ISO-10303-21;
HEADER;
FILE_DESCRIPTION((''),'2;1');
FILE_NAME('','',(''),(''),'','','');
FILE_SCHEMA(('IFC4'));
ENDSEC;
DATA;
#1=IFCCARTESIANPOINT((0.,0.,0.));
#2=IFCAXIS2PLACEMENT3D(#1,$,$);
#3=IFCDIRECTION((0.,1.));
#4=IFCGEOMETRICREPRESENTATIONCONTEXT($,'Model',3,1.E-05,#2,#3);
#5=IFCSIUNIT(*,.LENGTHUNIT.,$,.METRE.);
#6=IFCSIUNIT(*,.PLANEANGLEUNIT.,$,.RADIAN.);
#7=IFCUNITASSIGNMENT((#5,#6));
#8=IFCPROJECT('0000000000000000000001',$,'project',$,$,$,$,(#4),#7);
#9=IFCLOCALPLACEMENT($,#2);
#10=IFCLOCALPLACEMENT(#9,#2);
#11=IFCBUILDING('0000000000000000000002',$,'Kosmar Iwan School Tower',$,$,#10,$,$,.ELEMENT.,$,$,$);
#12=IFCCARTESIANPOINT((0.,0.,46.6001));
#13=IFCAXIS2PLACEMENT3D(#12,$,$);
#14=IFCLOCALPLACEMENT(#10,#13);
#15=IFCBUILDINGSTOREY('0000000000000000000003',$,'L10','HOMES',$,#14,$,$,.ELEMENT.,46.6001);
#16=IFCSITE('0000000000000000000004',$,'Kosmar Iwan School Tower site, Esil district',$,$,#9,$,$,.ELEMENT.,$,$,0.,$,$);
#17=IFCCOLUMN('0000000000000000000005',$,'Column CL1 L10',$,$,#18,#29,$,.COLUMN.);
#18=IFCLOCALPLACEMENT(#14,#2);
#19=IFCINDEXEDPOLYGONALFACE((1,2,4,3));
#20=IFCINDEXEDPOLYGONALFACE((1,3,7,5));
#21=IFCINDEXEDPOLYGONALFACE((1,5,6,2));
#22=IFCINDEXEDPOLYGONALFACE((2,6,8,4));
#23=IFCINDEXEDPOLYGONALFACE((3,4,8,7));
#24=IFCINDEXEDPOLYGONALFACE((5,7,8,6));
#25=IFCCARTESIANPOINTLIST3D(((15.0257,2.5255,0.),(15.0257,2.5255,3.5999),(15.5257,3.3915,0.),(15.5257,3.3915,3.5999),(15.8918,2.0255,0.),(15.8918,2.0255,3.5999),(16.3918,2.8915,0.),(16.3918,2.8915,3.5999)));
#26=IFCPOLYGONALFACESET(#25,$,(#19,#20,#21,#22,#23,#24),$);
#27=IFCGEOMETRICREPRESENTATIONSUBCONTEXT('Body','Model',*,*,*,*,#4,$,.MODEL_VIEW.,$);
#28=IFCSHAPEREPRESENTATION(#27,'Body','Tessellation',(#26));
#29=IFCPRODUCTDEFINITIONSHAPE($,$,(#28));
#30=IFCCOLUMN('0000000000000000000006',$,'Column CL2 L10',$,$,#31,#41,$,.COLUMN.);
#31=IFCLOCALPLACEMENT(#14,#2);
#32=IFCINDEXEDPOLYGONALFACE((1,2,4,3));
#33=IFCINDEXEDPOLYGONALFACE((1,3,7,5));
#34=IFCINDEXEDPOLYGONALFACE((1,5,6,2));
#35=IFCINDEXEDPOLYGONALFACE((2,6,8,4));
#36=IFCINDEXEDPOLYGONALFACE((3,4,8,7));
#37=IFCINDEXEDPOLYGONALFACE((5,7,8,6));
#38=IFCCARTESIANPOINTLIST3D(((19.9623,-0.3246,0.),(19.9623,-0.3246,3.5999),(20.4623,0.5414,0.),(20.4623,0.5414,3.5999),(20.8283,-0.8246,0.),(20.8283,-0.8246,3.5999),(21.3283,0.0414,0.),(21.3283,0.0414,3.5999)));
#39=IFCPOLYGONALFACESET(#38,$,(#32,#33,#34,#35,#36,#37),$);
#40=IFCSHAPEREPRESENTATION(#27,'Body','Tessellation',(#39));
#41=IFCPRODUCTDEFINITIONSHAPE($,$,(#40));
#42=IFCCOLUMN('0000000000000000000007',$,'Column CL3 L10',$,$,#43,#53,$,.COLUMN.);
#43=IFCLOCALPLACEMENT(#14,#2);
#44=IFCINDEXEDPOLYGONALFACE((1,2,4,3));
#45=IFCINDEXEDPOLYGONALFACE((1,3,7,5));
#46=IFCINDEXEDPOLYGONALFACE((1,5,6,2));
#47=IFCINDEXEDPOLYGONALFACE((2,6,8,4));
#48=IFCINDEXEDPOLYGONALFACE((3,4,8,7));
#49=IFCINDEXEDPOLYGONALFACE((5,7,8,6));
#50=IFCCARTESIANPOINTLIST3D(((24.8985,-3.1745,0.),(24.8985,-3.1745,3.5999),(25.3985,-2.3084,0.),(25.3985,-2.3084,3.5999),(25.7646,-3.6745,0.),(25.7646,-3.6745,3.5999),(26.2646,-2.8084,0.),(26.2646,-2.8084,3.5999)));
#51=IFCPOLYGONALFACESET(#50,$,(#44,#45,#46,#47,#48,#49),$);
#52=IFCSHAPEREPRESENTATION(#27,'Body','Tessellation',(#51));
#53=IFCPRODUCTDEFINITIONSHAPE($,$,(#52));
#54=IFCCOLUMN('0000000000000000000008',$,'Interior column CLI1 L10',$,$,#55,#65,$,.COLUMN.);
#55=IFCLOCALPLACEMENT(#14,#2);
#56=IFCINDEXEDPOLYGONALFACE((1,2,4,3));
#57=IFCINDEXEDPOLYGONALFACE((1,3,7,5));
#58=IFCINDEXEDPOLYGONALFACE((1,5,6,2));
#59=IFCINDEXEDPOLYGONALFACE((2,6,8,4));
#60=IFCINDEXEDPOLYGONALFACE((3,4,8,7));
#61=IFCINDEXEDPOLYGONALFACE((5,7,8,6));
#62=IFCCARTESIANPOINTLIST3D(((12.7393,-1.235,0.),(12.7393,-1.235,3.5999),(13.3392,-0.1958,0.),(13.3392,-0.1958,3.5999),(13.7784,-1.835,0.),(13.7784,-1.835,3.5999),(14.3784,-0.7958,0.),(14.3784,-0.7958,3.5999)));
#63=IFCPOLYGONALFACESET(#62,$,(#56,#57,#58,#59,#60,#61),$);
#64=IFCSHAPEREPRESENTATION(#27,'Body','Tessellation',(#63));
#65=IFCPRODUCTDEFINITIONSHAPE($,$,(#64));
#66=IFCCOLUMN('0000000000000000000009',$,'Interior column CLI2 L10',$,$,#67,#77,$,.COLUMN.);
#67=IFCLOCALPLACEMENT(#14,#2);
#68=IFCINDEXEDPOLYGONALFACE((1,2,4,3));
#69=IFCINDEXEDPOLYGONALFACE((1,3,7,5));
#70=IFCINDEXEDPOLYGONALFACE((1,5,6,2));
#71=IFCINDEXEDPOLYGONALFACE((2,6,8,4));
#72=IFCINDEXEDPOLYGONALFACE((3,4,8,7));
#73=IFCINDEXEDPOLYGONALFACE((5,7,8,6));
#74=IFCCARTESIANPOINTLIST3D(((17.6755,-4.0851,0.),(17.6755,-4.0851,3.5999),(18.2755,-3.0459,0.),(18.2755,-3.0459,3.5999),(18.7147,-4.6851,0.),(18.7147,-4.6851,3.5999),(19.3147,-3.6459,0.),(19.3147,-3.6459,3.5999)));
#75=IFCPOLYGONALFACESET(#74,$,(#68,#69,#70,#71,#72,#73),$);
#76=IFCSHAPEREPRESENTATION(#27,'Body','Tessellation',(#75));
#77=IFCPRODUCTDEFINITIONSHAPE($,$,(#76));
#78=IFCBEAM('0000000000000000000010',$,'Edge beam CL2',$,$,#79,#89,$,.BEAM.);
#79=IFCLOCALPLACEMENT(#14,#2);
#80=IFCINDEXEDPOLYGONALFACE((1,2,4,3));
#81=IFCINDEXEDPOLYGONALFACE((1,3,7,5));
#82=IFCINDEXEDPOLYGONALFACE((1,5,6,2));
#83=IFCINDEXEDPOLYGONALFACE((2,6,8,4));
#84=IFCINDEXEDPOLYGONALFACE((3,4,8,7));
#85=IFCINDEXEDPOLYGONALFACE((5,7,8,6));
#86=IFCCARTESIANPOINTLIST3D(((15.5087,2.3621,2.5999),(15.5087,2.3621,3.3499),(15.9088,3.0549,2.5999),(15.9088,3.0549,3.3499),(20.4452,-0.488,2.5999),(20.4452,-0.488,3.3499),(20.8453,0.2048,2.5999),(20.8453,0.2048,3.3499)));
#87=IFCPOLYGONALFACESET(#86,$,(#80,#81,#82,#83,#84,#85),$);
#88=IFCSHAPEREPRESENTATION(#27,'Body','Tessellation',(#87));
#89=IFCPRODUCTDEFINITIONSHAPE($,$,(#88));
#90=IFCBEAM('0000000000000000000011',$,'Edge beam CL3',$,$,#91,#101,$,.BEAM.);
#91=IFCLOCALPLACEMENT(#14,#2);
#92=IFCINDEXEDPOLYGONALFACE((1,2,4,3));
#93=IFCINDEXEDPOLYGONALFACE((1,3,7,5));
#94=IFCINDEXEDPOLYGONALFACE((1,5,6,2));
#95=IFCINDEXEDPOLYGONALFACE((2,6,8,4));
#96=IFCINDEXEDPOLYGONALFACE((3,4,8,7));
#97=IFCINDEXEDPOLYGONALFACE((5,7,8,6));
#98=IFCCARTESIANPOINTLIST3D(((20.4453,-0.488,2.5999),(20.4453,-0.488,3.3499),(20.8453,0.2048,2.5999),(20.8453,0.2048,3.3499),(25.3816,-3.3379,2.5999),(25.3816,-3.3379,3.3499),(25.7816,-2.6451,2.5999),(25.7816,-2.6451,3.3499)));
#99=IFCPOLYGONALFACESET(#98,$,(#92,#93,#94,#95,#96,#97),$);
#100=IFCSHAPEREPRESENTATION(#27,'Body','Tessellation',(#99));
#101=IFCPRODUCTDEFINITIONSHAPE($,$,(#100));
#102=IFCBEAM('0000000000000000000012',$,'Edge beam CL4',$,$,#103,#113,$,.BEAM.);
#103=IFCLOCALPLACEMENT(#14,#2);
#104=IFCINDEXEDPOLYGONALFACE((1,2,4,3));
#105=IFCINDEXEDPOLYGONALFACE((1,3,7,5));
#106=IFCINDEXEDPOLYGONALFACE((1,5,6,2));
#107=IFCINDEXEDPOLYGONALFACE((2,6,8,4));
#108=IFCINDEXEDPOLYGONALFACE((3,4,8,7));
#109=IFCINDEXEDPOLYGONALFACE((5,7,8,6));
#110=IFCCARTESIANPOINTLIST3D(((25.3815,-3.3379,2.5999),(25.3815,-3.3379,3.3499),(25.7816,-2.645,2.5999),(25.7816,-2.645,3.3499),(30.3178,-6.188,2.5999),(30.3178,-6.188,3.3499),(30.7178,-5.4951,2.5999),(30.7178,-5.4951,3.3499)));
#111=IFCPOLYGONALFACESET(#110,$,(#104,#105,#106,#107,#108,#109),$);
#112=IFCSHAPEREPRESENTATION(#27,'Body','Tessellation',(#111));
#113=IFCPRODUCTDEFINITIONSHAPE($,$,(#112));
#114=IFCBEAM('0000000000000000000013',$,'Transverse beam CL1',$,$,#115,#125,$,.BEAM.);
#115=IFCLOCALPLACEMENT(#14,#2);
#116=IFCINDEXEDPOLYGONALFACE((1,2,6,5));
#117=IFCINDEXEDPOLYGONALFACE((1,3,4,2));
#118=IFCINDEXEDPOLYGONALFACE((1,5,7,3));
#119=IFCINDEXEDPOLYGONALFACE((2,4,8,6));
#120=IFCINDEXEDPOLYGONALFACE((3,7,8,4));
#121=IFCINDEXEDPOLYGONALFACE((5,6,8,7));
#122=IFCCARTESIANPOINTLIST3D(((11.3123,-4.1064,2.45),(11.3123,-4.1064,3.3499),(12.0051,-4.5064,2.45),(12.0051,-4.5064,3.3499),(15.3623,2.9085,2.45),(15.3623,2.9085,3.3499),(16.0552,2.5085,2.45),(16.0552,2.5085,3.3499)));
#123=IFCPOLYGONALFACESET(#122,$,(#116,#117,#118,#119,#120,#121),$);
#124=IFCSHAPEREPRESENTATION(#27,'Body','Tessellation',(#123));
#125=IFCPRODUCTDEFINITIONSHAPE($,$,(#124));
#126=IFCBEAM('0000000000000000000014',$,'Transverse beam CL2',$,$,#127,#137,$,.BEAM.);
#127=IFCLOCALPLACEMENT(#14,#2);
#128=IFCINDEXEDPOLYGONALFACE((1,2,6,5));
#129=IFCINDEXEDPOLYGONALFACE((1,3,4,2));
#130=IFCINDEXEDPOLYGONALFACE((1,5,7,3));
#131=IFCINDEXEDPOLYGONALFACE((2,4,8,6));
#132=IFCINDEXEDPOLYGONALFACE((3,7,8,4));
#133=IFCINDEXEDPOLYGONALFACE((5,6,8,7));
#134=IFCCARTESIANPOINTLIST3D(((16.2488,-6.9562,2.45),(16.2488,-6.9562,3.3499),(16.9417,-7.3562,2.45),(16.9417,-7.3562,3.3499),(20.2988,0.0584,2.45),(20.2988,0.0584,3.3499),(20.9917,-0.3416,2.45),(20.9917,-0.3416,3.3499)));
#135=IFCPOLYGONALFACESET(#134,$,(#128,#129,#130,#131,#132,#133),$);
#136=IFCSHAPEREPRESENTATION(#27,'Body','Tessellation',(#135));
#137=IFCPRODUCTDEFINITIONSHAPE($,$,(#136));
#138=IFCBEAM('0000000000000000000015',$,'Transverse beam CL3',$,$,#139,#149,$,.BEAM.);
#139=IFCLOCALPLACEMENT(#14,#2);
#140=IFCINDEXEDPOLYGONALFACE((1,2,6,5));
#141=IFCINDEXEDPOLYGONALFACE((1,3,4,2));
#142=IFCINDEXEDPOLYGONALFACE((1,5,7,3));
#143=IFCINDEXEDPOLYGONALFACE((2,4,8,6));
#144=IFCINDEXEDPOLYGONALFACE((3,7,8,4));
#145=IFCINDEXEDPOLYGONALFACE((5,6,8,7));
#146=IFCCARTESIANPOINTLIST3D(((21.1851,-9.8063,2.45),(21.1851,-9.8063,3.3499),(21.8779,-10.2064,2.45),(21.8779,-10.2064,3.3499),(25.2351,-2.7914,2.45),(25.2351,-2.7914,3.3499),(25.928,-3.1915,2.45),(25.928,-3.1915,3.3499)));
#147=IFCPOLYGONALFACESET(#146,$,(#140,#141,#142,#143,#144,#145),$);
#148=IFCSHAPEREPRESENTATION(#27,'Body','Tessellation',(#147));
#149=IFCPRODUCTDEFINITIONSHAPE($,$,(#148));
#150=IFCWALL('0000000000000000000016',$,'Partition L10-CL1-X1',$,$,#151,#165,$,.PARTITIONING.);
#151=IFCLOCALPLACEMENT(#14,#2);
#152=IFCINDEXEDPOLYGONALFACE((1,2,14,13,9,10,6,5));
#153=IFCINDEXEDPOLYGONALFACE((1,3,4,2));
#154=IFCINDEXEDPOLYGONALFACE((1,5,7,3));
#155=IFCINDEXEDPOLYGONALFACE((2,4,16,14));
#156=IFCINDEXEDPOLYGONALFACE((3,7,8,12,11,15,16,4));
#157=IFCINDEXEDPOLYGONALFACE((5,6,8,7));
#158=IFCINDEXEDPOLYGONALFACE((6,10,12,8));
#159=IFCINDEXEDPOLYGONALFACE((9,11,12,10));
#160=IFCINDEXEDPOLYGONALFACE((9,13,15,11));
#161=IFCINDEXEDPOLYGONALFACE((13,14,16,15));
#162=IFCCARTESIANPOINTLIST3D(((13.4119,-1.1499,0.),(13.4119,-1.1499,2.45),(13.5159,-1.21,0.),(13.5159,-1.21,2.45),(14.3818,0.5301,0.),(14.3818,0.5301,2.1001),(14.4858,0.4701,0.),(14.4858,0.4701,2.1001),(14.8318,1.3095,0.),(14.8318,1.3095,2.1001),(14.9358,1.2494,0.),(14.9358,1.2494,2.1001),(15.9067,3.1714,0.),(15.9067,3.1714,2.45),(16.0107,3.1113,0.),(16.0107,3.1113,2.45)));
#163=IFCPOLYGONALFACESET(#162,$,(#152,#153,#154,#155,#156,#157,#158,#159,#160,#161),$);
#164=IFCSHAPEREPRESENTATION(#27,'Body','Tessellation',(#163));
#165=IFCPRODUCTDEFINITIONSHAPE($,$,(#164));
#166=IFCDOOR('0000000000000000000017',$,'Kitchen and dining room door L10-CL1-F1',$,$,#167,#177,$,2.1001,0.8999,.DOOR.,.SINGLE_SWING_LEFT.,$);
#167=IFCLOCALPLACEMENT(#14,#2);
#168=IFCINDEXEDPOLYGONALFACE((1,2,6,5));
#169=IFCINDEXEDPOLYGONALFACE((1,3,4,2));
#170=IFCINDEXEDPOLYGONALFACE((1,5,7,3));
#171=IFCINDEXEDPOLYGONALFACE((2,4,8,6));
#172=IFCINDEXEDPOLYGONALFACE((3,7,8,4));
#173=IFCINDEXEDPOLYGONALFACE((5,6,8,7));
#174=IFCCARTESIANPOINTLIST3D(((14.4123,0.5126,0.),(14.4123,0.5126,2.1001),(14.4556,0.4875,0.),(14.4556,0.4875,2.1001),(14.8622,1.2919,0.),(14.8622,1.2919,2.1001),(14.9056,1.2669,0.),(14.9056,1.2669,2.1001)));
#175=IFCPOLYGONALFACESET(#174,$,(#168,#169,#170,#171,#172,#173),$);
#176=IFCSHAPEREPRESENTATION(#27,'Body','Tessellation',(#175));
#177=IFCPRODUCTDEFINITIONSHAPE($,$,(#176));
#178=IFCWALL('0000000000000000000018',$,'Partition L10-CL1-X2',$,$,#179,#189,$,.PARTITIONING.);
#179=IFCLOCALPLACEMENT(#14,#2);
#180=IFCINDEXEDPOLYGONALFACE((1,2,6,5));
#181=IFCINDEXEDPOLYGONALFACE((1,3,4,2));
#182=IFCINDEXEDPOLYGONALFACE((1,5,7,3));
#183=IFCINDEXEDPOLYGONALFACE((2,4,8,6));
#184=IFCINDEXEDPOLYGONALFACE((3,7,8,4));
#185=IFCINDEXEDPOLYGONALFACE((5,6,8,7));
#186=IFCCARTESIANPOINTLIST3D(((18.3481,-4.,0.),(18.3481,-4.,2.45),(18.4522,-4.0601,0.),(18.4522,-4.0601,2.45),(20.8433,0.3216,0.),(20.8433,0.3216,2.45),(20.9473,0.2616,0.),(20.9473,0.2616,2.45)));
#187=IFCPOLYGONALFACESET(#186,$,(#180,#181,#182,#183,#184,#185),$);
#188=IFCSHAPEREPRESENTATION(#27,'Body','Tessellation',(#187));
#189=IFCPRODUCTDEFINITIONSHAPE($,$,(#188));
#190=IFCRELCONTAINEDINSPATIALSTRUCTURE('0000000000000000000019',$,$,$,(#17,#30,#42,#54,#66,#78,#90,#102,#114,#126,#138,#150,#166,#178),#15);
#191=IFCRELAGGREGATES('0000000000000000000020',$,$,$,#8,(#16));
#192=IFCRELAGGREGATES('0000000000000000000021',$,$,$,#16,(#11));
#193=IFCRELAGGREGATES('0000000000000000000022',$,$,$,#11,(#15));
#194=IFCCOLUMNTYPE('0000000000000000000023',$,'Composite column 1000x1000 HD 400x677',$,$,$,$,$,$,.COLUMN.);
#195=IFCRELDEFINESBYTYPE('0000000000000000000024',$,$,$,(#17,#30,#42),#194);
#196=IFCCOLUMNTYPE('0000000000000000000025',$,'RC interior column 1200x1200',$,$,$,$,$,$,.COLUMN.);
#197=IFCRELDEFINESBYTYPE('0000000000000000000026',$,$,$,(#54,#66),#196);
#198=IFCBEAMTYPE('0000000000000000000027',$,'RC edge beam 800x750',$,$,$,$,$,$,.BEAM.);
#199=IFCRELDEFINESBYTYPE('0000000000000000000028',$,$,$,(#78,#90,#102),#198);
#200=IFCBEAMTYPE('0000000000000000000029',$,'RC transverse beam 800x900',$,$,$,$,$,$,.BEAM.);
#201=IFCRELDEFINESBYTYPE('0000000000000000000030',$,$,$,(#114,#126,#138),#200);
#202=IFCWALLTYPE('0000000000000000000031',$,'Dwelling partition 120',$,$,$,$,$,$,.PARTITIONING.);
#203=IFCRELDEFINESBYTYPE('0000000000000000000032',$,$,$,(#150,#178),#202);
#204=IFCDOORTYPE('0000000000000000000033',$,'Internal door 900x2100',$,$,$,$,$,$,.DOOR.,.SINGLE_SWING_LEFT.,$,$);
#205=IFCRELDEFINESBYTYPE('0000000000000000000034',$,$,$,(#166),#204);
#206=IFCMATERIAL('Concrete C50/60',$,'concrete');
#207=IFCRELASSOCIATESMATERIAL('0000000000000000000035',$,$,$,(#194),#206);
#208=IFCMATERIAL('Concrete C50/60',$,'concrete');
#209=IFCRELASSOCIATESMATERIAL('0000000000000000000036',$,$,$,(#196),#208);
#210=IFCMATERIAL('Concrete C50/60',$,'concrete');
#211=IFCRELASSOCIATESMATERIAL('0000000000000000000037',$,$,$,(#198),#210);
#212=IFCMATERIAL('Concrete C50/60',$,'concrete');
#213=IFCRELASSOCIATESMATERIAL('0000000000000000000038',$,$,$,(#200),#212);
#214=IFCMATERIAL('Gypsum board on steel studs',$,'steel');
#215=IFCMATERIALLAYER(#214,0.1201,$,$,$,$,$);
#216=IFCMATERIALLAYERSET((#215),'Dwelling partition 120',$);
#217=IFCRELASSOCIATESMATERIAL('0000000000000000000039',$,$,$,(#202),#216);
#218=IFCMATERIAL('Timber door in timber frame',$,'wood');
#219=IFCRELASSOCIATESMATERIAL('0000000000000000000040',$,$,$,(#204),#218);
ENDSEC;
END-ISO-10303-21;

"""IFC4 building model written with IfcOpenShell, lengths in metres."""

from ifc_helpers import new_model, si_unit, direction, frame, frame_2d, origin, origin_2d, place, context, subcontext, project, spatial, rectangle, extrude, material, layer, layer_set, material_profile, profile_set, type_object, element, fill, save


model = new_model("IFC4")

# Units and contexts
model_context = context("Model", 3, precision=1e-05, world=origin(), true_north=direction((0.0, 1.0)))
body_context = subcontext(model_context, "Body", "Model", "MODEL_VIEW")
ifc_project = project(units=[si_unit("LENGTHUNIT", "METRE"), si_unit("PLANEANGLEUNIT", "RADIAN")], contexts=[model_context])

# Site, building, storey
site_placement = place(None, origin())
site = spatial("IfcSite", under=ifc_project, at=site_placement, Name="Kosmar Iwan School Tower site, Esil district", CompositionType="ELEMENT", RefElevation=0.0)
building_placement = place(site_placement, origin())
building = spatial("IfcBuilding", under=site, at=building_placement, Name="Kosmar Iwan School Tower", CompositionType="ELEMENT")
storey_placement = place(building_placement, frame((0.0, 0.0, 46.6001)))
storey = spatial("IfcBuildingStorey", under=building, at=storey_placement, Name="L10", Description="HOMES", CompositionType="ELEMENT", Elevation=46.6001)

# Columns
ifc_material_1 = material(Name="Concrete C50/60", Category="concrete")
ifc_material_profile_1 = material_profile(ifc_material_1, rectangle(XDim=1.0, YDim=1.0, at=origin_2d()), Name="RC 1000x1000 + HD 400x677")
ifc_profile_set_1 = profile_set([ifc_material_profile_1], Name="Concrete C50/60")
column_type_1 = type_object("IfcColumnType", Name="Composite column 1000x1000 HD 400x677", PredefinedType="COLUMN", material=ifc_profile_set_1)
for number, where, z_axis, x_axis, name in (
    (1, (15.7087, 2.7085, 0.0), (0.0, 0.0, 1.0), (0.866025, -0.5, 0.0), "Column CL1 L10"),
    (2, (20.6453, -0.1416, 0.0), (0.0, 0.0, 1.0), (0.866025, -0.5, 0.0), "Column CL2 L10"),
    (3, (25.5815, -2.9915, 0.0), (0.0, 0.0, 1.0), (0.866025, -0.5, 0.0), "Column CL3 L10"),
):
    element("IfcColumn", number, at=place(storey_placement, frame(where, z_axis=z_axis, x_axis=x_axis)), inside=storey, type_object=column_type_1, Name=name, PredefinedType="COLUMN", context=body_context, shape_type="SweptSolid", body=[
        extrude(rectangle(XDim=1.0, YDim=1.0, at=origin_2d()), origin(), (0.0, 0.0, 1.0), 3.5999),
    ])
ifc_material_2 = material(Name="Concrete C50/60", Category="concrete")
ifc_material_profile_2 = material_profile(ifc_material_2, rectangle(XDim=1.2, YDim=1.2, at=origin_2d()), Name="RC 1200x1200")
ifc_profile_set_2 = profile_set([ifc_material_profile_2], Name="Concrete C50/60")
column_type_2 = type_object("IfcColumnType", Name="RC interior column 1200x1200", PredefinedType="COLUMN", material=ifc_profile_set_2)
for number, where, z_axis, x_axis, name in (
    (4, (13.5588, -1.0154, 0.0), (0.0, 0.0, 1.0), (0.866025, -0.5, 0.0), "Interior column CLI1 L10"),
    (5, (18.4951, -3.8655, 0.0), (0.0, 0.0, 1.0), (0.866025, -0.5, 0.0), "Interior column CLI2 L10"),
):
    element("IfcColumn", number, at=place(storey_placement, frame(where, z_axis=z_axis, x_axis=x_axis)), inside=storey, type_object=column_type_2, Name=name, PredefinedType="COLUMN", context=body_context, shape_type="SweptSolid", body=[
        extrude(rectangle(XDim=1.2, YDim=1.2, at=origin_2d()), origin(), (0.0, 0.0, 1.0), 3.5999),
    ])

# Beams
ifc_material_3 = material(Name="Concrete C50/60", Category="concrete")
ifc_material_profile_3 = material_profile(ifc_material_3, rectangle(XDim=0.8, YDim=0.75, at=origin_2d()), Name="RC 800x750")
ifc_profile_set_3 = profile_set([ifc_material_profile_3], Name="Concrete C50/60")
beam_type_1 = type_object("IfcBeamType", Name="RC edge beam 800x750", PredefinedType="BEAM", material=ifc_profile_set_3)
beam_1_placement = place(storey_placement, frame((15.7087, 2.7085, 2.9749), z_axis=(0.866026, -0.499999, 0.0), x_axis=(0.499999, 0.866026, 0.0)))
element("IfcBeam", 6, at=beam_1_placement, inside=storey, type_object=beam_type_1, Name="Edge beam CL2", PredefinedType="BEAM", context=body_context, shape_type="SweptSolid", body=[
    extrude(rectangle(XDim=0.8, YDim=0.75, at=origin_2d()), origin(), (0.0, 0.0, 1.0), 5.7002),
])
for number, where, z_axis, x_axis, name in (
    (7, (20.6453, -0.1416, 2.9749), (0.866034, -0.499986, 0.0), (0.499986, 0.866034, 0.0), "Edge beam CL3"),
    (8, (25.5815, -2.9915, 2.9749), (0.866015, -0.500018, 0.0), (0.500018, 0.866015, 0.0), "Edge beam CL4"),
):
    element("IfcBeam", number, at=place(storey_placement, frame(where, z_axis=z_axis, x_axis=x_axis)), inside=storey, type_object=beam_type_1, Name=name, PredefinedType="BEAM", context=body_context, shape_type="SweptSolid", body=[
        extrude(rectangle(XDim=0.8, YDim=0.75, at=origin_2d()), origin(), (0.0, 0.0, 1.0), 5.7),
    ])
ifc_material_4 = material(Name="Concrete C50/60", Category="concrete")
ifc_material_profile_4 = material_profile(ifc_material_4, rectangle(XDim=0.8, YDim=0.8999, at=origin_2d()), Name="RC 800x900")
ifc_profile_set_4 = profile_set([ifc_material_profile_4], Name="Concrete C50/60")
beam_type_2 = type_object("IfcBeamType", Name="RC transverse beam 800x900", PredefinedType="BEAM", material=ifc_profile_set_4)
beam_2_placement = place(storey_placement, frame((15.7087, 2.7085, 2.8999), z_axis=(-0.5, -0.866025, 0.0), x_axis=(0.866025, -0.5, 0.0)))
element("IfcBeam", 9, at=beam_2_placement, inside=storey, type_object=beam_type_2, Name="Transverse beam CL1", PredefinedType="BEAM", context=body_context, shape_type="SweptSolid", body=[
    extrude(rectangle(XDim=0.8, YDim=0.8999, at=origin_2d()), origin(), (0.0, 0.0, 1.0), 8.1001),
])
beam_3_placement = place(storey_placement, frame((20.6453, -0.1416, 2.8999), z_axis=(-0.500013, -0.866018, 0.0), x_axis=(0.866018, -0.500013, 0.0)))
element("IfcBeam", 10, at=beam_3_placement, inside=storey, type_object=beam_type_2, Name="Transverse beam CL2", PredefinedType="BEAM", context=body_context, shape_type="SweptSolid", body=[
    extrude(rectangle(XDim=0.8, YDim=0.8999, at=origin_2d()), origin(), (0.0, 0.0, 1.0), 8.0999),
])
beam_4_placement = place(storey_placement, frame((25.5815, -2.9915, 2.8999), z_axis=(-0.5, -0.866025, 0.0), x_axis=(0.866025, -0.5, 0.0)))
element("IfcBeam", 11, at=beam_4_placement, inside=storey, type_object=beam_type_2, Name="Transverse beam CL3", PredefinedType="BEAM", context=body_context, shape_type="SweptSolid", body=[
    extrude(rectangle(XDim=0.8, YDim=0.8999, at=origin_2d()), origin(), (0.0, 0.0, 1.0), 8.1001),
])

# Wall, opening, door
ifc_material_5 = material(Name="Gypsum board on steel studs", Category="steel")
ifc_layer = layer(ifc_material_5, 0.1201)
ifc_layer_set = layer_set([ifc_layer], Name="Dwelling partition 120")
wall_type = type_object("IfcWallType", Name="Dwelling partition 120", PredefinedType="PARTITIONING", material=ifc_layer_set)
wall_1_placement = place(storey_placement, frame((13.4639, -1.1799, 0.0), z_axis=(0.0, 0.0, 1.0), x_axis=(0.499996, 0.866028, 0.0)))
wall_1 = element("IfcWall", 12, at=wall_1_placement, inside=storey, type_object=wall_type, Name="Partition L10-CL1-X1", PredefinedType="PARTITIONING", context=body_context, shape_type="SweptSolid", body=[
    extrude(rectangle(XDim=4.9897, YDim=0.1201, at=frame_2d((2.4949, 0.0))), origin(), (0.0, 0.0, 1.0), 2.45),
])
opening_placement = place(wall_1_placement, frame((1.9399, 0.0, 0.0)))
opening = element("IfcOpeningElement", 13, at=opening_placement, cuts=wall_1, PredefinedType="OPENING", context=body_context, shape_type="SweptSolid", body=[
    extrude(rectangle(XDim=0.8999, YDim=2.1001, at=frame_2d((0.45, 1.05))), frame((0.0, 0.072, 0.0), z_axis=(0.0, -1.0, 0.0), x_axis=(1.0, 0.0, 0.0)), (0.0, 0.0, 1.0), 0.144),
])
ifc_material_6 = material(Name="Timber door in timber frame", Category="wood")
door_type = type_object("IfcDoorType", Name="Internal door 900x2100", OperationType="SINGLE_SWING_LEFT", PredefinedType="DOOR", material=ifc_material_6)
door_placement = place(opening_placement, origin())
door = element("IfcDoor", 14, at=door_placement, inside=storey, type_object=door_type, Name="Kitchen and dining room door L10-CL1-F1", OperationType="SINGLE_SWING_LEFT", OverallHeight=2.1001, OverallWidth=0.8999, PredefinedType="DOOR", context=body_context, shape_type="SweptSolid", body=[
    extrude(rectangle(XDim=0.8999, YDim=2.1001, at=frame_2d((0.45, 1.05))), frame((0.0, 0.0249, 0.0), z_axis=(0.0, -1.0, 0.0), x_axis=(1.0, 0.0, 0.0)), (0.0, 0.0, 1.0), 0.05),
])
fill(opening, door)

# Wall
wall_2_placement = place(storey_placement, frame((18.4001, -4.03, 0.0), z_axis=(0.0, 0.0, 1.0), x_axis=(0.500012, 0.866019, 0.0)))
element("IfcWall", 15, at=wall_2_placement, inside=storey, type_object=wall_type, Name="Partition L10-CL1-X2", PredefinedType="PARTITIONING", context=body_context, shape_type="SweptSolid", body=[
    extrude(rectangle(XDim=4.9902, YDim=0.1201, at=frame_2d((2.4951, 0.0))), origin(), (0.0, 0.0, 1.0), 2.45),
])

save(model, "model.ifc")
